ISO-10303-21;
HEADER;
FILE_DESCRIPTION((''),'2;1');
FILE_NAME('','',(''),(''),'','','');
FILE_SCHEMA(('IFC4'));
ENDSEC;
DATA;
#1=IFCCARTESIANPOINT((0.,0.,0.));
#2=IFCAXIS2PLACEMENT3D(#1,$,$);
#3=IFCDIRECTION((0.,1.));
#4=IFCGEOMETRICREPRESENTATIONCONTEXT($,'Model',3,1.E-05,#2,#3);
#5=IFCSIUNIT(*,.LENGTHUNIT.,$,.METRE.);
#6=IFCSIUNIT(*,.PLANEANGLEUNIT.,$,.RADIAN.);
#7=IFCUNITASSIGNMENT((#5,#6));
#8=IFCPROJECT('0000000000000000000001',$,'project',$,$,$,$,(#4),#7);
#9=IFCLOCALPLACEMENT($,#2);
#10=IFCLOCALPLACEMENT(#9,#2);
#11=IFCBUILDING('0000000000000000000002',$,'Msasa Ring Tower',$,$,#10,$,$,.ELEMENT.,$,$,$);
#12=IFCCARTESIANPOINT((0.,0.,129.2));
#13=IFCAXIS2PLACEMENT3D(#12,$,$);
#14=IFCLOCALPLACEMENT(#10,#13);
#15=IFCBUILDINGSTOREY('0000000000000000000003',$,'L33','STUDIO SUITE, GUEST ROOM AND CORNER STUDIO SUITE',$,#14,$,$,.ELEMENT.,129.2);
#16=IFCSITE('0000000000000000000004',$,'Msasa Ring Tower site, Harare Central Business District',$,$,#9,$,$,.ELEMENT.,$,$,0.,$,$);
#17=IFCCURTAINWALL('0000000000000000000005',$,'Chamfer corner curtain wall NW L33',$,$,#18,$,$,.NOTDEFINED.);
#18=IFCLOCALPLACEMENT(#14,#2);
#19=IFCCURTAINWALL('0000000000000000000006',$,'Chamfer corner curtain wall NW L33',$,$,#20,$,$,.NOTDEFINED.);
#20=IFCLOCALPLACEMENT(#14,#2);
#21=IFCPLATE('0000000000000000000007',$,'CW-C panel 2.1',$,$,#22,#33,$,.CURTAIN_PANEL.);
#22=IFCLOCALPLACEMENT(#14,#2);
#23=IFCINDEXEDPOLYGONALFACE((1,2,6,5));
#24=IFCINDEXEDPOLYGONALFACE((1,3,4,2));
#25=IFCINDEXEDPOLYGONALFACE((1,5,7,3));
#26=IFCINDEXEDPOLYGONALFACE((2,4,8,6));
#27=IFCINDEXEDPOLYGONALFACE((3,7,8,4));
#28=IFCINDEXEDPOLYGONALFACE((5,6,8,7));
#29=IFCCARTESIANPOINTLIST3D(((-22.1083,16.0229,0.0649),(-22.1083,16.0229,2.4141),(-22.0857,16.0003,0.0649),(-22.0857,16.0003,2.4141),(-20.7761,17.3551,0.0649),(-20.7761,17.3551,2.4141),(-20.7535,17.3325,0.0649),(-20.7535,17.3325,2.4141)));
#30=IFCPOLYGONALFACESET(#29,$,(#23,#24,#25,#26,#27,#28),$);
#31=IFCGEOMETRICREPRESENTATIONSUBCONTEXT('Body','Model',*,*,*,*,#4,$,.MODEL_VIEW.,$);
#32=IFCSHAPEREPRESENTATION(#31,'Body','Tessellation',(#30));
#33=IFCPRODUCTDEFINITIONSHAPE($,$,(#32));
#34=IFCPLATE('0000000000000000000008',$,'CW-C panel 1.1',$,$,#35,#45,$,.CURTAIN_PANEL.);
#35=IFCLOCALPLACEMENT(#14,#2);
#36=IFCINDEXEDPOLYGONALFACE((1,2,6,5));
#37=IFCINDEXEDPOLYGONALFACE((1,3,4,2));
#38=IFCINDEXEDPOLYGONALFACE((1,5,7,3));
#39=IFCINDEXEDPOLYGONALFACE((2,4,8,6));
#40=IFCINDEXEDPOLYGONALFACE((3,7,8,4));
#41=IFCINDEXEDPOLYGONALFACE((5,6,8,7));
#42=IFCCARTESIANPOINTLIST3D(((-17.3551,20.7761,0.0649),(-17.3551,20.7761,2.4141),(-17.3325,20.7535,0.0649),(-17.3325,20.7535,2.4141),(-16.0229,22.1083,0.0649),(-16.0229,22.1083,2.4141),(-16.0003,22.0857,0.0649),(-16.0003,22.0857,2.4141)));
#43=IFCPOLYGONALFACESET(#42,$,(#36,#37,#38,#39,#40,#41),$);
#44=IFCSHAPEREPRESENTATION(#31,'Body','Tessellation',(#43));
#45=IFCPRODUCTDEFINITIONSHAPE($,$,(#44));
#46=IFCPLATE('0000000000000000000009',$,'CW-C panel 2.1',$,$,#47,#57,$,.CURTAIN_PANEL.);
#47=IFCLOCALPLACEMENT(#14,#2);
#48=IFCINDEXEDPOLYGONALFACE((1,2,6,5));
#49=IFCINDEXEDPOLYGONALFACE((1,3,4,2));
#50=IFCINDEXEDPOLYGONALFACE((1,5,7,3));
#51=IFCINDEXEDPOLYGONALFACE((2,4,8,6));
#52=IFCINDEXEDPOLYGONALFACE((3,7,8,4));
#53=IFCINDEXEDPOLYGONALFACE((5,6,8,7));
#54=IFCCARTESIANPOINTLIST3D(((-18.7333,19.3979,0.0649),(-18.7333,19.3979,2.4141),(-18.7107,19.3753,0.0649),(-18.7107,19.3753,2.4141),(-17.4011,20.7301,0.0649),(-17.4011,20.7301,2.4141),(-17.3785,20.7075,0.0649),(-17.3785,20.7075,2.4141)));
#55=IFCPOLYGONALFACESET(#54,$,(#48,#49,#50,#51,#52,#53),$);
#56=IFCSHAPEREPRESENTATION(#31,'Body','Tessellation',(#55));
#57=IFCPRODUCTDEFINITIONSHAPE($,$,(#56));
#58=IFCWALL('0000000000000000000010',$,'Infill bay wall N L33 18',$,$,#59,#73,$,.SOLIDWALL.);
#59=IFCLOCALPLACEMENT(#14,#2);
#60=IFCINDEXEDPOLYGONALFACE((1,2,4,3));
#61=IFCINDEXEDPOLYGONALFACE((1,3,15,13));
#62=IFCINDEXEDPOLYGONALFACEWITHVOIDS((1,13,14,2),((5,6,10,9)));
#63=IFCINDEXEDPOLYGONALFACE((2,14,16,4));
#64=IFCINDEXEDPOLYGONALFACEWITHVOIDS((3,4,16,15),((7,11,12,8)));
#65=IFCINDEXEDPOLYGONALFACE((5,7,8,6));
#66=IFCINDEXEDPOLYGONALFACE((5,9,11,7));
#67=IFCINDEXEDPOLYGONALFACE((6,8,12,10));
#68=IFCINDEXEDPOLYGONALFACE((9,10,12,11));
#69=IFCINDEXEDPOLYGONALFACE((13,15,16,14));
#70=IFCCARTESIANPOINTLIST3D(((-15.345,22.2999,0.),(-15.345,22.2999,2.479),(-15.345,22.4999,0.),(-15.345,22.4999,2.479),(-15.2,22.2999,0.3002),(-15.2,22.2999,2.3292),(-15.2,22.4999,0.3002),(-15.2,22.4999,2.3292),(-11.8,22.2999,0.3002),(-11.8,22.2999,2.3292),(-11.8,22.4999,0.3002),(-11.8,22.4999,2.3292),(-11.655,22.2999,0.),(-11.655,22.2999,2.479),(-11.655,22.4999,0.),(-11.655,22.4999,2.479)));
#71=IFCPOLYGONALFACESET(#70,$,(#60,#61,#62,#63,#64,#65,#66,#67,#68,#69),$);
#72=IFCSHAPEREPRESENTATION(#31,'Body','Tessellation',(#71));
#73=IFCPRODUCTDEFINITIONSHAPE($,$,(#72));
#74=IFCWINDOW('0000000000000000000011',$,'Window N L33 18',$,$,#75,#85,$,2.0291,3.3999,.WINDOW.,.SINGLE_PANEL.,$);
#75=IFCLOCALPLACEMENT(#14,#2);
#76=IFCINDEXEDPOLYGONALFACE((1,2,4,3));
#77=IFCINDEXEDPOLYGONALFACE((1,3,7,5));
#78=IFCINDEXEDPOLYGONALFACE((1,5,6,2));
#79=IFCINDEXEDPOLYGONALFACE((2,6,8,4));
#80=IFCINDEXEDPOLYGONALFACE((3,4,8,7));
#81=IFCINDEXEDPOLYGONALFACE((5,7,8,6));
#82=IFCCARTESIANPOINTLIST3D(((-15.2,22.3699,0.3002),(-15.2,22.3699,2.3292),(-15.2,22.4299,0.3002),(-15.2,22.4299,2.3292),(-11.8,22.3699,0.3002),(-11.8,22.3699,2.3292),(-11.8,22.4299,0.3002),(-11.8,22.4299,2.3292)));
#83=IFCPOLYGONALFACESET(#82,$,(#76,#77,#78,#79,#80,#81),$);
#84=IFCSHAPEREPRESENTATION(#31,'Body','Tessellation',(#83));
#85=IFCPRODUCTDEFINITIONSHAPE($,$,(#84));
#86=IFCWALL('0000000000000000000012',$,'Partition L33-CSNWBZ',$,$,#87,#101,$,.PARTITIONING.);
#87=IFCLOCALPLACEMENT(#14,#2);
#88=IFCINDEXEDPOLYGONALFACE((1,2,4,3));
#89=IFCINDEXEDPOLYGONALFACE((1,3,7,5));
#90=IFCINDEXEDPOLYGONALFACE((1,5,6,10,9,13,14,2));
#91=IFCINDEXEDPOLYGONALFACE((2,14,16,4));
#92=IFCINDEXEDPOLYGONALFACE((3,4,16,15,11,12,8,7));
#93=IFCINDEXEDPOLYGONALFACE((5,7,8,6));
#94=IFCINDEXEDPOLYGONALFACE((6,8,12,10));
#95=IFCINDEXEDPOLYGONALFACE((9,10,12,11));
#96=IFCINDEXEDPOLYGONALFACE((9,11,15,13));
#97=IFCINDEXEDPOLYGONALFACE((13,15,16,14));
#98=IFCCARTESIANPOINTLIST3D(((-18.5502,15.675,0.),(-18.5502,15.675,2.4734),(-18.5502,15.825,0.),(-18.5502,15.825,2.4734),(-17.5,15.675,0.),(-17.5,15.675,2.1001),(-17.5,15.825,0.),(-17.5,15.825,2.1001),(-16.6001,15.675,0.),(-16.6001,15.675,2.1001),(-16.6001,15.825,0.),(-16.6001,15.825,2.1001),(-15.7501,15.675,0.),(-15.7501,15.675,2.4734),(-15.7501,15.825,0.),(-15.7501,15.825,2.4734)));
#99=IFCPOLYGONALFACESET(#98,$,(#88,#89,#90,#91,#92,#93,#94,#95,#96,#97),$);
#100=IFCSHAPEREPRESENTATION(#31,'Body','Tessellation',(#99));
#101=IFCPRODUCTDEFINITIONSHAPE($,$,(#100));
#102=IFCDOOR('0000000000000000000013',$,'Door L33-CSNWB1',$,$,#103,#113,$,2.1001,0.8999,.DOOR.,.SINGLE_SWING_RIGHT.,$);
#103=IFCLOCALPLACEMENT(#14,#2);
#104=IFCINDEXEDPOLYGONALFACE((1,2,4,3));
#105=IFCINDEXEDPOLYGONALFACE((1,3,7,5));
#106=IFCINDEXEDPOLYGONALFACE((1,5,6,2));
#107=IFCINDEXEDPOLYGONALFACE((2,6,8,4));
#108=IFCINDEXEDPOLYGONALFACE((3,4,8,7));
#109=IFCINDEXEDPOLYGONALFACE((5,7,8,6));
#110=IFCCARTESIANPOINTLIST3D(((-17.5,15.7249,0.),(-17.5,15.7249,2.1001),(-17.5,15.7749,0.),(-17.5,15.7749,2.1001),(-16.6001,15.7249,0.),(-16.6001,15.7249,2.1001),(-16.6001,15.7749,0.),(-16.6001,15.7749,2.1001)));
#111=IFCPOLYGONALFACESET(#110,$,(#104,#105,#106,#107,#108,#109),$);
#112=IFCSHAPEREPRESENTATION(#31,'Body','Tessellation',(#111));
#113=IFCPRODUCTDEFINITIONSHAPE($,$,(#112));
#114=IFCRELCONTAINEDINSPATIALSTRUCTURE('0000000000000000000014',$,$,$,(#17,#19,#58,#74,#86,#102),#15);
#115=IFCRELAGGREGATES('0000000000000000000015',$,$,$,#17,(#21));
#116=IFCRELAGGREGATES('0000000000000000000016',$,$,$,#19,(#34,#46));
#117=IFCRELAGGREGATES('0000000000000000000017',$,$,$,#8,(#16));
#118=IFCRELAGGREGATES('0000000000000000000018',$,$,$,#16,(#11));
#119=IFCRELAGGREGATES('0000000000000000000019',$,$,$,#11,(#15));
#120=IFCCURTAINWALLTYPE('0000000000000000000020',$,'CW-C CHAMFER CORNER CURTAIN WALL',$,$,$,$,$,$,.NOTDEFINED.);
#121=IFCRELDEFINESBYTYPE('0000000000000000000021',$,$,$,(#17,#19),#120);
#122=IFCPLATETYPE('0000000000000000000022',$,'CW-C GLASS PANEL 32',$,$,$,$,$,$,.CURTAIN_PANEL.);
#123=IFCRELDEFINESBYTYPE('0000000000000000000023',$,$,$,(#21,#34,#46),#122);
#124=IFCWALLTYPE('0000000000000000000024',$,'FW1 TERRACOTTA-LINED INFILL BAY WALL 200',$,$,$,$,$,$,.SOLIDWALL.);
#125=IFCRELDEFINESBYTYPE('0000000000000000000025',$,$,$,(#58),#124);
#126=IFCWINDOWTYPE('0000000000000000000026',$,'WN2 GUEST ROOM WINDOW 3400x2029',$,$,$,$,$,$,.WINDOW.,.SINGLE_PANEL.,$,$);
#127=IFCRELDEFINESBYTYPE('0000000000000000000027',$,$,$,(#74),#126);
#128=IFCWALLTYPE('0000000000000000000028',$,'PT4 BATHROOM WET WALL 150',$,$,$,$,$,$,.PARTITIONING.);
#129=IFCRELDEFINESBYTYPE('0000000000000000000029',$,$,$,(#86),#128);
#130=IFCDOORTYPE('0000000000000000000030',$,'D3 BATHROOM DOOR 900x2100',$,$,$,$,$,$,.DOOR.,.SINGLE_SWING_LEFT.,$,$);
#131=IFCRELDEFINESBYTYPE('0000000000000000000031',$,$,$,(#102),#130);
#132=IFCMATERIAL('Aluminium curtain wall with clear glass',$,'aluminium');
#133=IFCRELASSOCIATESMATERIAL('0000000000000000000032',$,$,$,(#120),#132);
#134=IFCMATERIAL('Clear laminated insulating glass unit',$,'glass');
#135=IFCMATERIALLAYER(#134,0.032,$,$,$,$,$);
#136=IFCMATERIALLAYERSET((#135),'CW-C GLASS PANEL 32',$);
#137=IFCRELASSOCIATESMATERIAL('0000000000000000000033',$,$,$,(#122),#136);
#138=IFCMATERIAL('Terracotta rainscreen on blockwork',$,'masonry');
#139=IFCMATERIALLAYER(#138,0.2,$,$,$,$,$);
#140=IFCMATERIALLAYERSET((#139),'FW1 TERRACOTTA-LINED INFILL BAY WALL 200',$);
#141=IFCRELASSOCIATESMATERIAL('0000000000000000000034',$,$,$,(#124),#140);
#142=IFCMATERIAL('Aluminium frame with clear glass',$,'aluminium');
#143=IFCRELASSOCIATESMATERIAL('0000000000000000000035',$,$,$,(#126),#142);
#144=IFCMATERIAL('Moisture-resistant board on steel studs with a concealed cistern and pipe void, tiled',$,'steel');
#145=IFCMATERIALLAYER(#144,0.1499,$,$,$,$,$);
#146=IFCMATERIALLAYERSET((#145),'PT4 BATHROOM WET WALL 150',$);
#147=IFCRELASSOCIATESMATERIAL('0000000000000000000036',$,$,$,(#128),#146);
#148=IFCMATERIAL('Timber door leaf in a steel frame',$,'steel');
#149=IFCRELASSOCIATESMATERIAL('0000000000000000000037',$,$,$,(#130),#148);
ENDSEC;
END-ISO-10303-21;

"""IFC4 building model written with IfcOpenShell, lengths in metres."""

from ifc_helpers import new_model, si_unit, direction, frame, frame_2d, origin, origin_2d, place, context, subcontext, project, spatial, rectangle, extrude, material, layer, layer_set, type_object, element, fill, aggregate, save


model = new_model("IFC4")

# Units and contexts
model_context = context("Model", 3, precision=1e-05, world=origin(), true_north=direction((0.0, 1.0)))
body_context = subcontext(model_context, "Body", "Model", "MODEL_VIEW")
ifc_project = project(units=[si_unit("LENGTHUNIT", "METRE"), si_unit("PLANEANGLEUNIT", "RADIAN")], contexts=[model_context])

# Site, building, storey
site_placement = place(None, origin())
site = spatial("IfcSite", under=ifc_project, at=site_placement, Name="Msasa Ring Tower site, Harare Central Business District", CompositionType="ELEMENT", RefElevation=0.0)
building_placement = place(site_placement, origin())
building = spatial("IfcBuilding", under=site, at=building_placement, Name="Msasa Ring Tower", CompositionType="ELEMENT")
storey_placement = place(building_placement, frame((0.0, 0.0, 129.2)))
storey = spatial("IfcBuildingStorey", under=building, at=storey_placement, Name="L33", Description="STUDIO SUITE, GUEST ROOM AND CORNER STUDIO SUITE", CompositionType="ELEMENT", Elevation=129.2)

# Curtain walls
ifc_material_1 = material(Name="Aluminium curtain wall with clear glass", Category="aluminium")
curtain_wall_type = type_object("IfcCurtainWallType", Name="CW-C CHAMFER CORNER CURTAIN WALL", PredefinedType="NOTDEFINED", material=ifc_material_1)
curtain_wall_1_placement = place(storey_placement, origin())
curtain_wall_1 = element("IfcCurtainWall", 1, at=curtain_wall_1_placement, inside=storey, type_object=curtain_wall_type, Name="Chamfer corner curtain wall NW L33", PredefinedType="NOTDEFINED")
curtain_wall_2_placement = place(storey_placement, origin())
curtain_wall_2 = element("IfcCurtainWall", 2, at=curtain_wall_2_placement, inside=storey, type_object=curtain_wall_type, Name="Chamfer corner curtain wall NW L33", PredefinedType="NOTDEFINED")

# Plates
ifc_material_2 = material(Name="Clear laminated insulating glass unit", Category="glass")
ifc_layer_1 = layer(ifc_material_2, 0.032)
ifc_layer_set_1 = layer_set([ifc_layer_1], Name="CW-C GLASS PANEL 32")
plate_type = type_object("IfcPlateType", Name="CW-C GLASS PANEL 32", PredefinedType="CURTAIN_PANEL", material=ifc_layer_set_1)
plate_1_placement = place(storey_placement, frame((-21.4309, 16.6777, 0.0649), z_axis=(0.0, 0.0, 1.0), x_axis=(-0.707107, -0.707107, 0.0)))
plate_1 = element("IfcPlate", 3, at=plate_1_placement, type_object=plate_type, Name="CW-C panel 2.1", PredefinedType="CURTAIN_PANEL", context=body_context, shape_type="SweptSolid", body=[
    extrude(rectangle(XDim=1.884, YDim=0.032, at=origin_2d()), origin(), (0.0, 0.0, 1.0), 2.3491),
])
aggregate(curtain_wall_1, [plate_1])
plate_2_placement = place(storey_placement, frame((-16.6777, 21.4309, 0.0649), z_axis=(0.0, 0.0, 1.0), x_axis=(-0.707107, -0.707107, 0.0)))
plate_2 = element("IfcPlate", 4, at=plate_2_placement, type_object=plate_type, Name="CW-C panel 1.1", PredefinedType="CURTAIN_PANEL", context=body_context, shape_type="SweptSolid", body=[
    extrude(rectangle(XDim=1.884, YDim=0.032, at=origin_2d()), origin(), (0.0, 0.0, 1.0), 2.3491),
])
plate_3_placement = place(storey_placement, frame((-18.0559, 20.0527, 0.0649), z_axis=(0.0, 0.0, 1.0), x_axis=(-0.707107, -0.707107, 0.0)))
plate_3 = element("IfcPlate", 5, at=plate_3_placement, type_object=plate_type, Name="CW-C panel 2.1", PredefinedType="CURTAIN_PANEL", context=body_context, shape_type="SweptSolid", body=[
    extrude(rectangle(XDim=1.884, YDim=0.032, at=origin_2d()), origin(), (0.0, 0.0, 1.0), 2.3491),
])
aggregate(curtain_wall_2, [plate_2, plate_3])

# Wall, opening, window
ifc_material_3 = material(Name="Terracotta rainscreen on blockwork", Category="masonry")
ifc_layer_2 = layer(ifc_material_3, 0.2)
ifc_layer_set_2 = layer_set([ifc_layer_2], Name="FW1 TERRACOTTA-LINED INFILL BAY WALL 200")
wall_type_1 = type_object("IfcWallType", Name="FW1 TERRACOTTA-LINED INFILL BAY WALL 200", PredefinedType="SOLIDWALL", material=ifc_layer_set_2)
wall_1_placement = place(storey_placement, frame((-15.345, 22.3999, 0.0), z_axis=(0.0, 0.0, 1.0), x_axis=(1.0, 0.0, 0.0)))
wall_1 = element("IfcWall", 6, at=wall_1_placement, inside=storey, type_object=wall_type_1, Name="Infill bay wall N L33 18", PredefinedType="SOLIDWALL", context=body_context, shape_type="SweptSolid", body=[
    extrude(rectangle(XDim=3.6899, YDim=0.2, at=frame_2d((1.845, 0.0))), origin(), (0.0, 0.0, 1.0), 2.479),
])
opening_1_placement = place(wall_1_placement, frame((0.145, 0.0, 0.3)))
opening_1 = element("IfcOpeningElement", 7, at=opening_1_placement, cuts=wall_1, PredefinedType="OPENING", context=body_context, shape_type="SweptSolid", body=[
    extrude(rectangle(XDim=3.3999, YDim=2.0291, at=frame_2d((1.7, 1.0146))), frame((0.0, 0.1099, 0.0), z_axis=(0.0, -1.0, 0.0), x_axis=(1.0, 0.0, 0.0)), (0.0, 0.0, 1.0), 0.22),
])
ifc_material_4 = material(Name="Aluminium frame with clear glass", Category="aluminium")
window_type = type_object("IfcWindowType", Name="WN2 GUEST ROOM WINDOW 3400x2029", PartitioningType="SINGLE_PANEL", PredefinedType="WINDOW", material=ifc_material_4)
window_placement = place(opening_1_placement, origin())
window = element("IfcWindow", 8, at=window_placement, inside=storey, type_object=window_type, Name="Window N L33 18", OverallHeight=2.0291, OverallWidth=3.3999, PartitioningType="SINGLE_PANEL", PredefinedType="WINDOW", context=body_context, shape_type="SweptSolid", body=[
    extrude(rectangle(XDim=3.3999, YDim=2.0291, at=frame_2d((1.7, 1.0146))), frame((0.0, 0.03, 0.0), z_axis=(0.0, -1.0, 0.0), x_axis=(1.0, 0.0, 0.0)), (0.0, 0.0, 1.0), 0.0601),
])
fill(opening_1, window)

# Wall, opening, door
ifc_material_5 = material(Name="Moisture-resistant board on steel studs with a concealed cistern and pipe void, tiled", Category="steel")
ifc_layer_3 = layer(ifc_material_5, 0.1499)
ifc_layer_set_3 = layer_set([ifc_layer_3], Name="PT4 BATHROOM WET WALL 150")
wall_type_2 = type_object("IfcWallType", Name="PT4 BATHROOM WET WALL 150", PredefinedType="PARTITIONING", material=ifc_layer_set_3)
wall_2_placement = place(storey_placement, frame((-18.55, 15.75, 0.0), z_axis=(0.0, 0.0, 1.0), x_axis=(1.0, 0.0, 0.0)))
wall_2 = element("IfcWall", 9, at=wall_2_placement, inside=storey, type_object=wall_type_2, Name="Partition L33-CSNWBZ", PredefinedType="PARTITIONING", context=body_context, shape_type="SweptSolid", body=[
    extrude(rectangle(XDim=2.8, YDim=0.1499, at=frame_2d((1.3999, 0.0))), origin(), (0.0, 0.0, 1.0), 2.4734),
])
opening_2_placement = place(wall_2_placement, frame((1.05, 0.0, 0.0)))
opening_2 = element("IfcOpeningElement", 10, at=opening_2_placement, cuts=wall_2, PredefinedType="OPENING", context=body_context, shape_type="SweptSolid", body=[
    extrude(rectangle(XDim=0.8999, YDim=2.1001, at=frame_2d((0.45, 1.05))), frame((0.0, 0.085, 0.0), z_axis=(0.0, -1.0, 0.0), x_axis=(1.0, 0.0, 0.0)), (0.0, 0.0, 1.0), 0.1699),
])
ifc_material_6 = material(Name="Timber door leaf in a steel frame", Category="steel")
door_type = type_object("IfcDoorType", Name="D3 BATHROOM DOOR 900x2100", OperationType="SINGLE_SWING_LEFT", PredefinedType="DOOR", material=ifc_material_6)
door_placement = place(opening_2_placement, origin())
door = element("IfcDoor", 11, at=door_placement, inside=storey, type_object=door_type, Name="Door L33-CSNWB1", OperationType="SINGLE_SWING_RIGHT", OverallHeight=2.1001, OverallWidth=0.8999, PredefinedType="DOOR", context=body_context, shape_type="SweptSolid", body=[
    extrude(rectangle(XDim=0.8999, YDim=2.1001, at=frame_2d((0.45, 1.05))), frame((0.0, 0.0249, 0.0), z_axis=(0.0, -1.0, 0.0), x_axis=(1.0, 0.0, 0.0)), (0.0, 0.0, 1.0), 0.05),
])
fill(opening_2, door)

save(model, "model.ifc")
